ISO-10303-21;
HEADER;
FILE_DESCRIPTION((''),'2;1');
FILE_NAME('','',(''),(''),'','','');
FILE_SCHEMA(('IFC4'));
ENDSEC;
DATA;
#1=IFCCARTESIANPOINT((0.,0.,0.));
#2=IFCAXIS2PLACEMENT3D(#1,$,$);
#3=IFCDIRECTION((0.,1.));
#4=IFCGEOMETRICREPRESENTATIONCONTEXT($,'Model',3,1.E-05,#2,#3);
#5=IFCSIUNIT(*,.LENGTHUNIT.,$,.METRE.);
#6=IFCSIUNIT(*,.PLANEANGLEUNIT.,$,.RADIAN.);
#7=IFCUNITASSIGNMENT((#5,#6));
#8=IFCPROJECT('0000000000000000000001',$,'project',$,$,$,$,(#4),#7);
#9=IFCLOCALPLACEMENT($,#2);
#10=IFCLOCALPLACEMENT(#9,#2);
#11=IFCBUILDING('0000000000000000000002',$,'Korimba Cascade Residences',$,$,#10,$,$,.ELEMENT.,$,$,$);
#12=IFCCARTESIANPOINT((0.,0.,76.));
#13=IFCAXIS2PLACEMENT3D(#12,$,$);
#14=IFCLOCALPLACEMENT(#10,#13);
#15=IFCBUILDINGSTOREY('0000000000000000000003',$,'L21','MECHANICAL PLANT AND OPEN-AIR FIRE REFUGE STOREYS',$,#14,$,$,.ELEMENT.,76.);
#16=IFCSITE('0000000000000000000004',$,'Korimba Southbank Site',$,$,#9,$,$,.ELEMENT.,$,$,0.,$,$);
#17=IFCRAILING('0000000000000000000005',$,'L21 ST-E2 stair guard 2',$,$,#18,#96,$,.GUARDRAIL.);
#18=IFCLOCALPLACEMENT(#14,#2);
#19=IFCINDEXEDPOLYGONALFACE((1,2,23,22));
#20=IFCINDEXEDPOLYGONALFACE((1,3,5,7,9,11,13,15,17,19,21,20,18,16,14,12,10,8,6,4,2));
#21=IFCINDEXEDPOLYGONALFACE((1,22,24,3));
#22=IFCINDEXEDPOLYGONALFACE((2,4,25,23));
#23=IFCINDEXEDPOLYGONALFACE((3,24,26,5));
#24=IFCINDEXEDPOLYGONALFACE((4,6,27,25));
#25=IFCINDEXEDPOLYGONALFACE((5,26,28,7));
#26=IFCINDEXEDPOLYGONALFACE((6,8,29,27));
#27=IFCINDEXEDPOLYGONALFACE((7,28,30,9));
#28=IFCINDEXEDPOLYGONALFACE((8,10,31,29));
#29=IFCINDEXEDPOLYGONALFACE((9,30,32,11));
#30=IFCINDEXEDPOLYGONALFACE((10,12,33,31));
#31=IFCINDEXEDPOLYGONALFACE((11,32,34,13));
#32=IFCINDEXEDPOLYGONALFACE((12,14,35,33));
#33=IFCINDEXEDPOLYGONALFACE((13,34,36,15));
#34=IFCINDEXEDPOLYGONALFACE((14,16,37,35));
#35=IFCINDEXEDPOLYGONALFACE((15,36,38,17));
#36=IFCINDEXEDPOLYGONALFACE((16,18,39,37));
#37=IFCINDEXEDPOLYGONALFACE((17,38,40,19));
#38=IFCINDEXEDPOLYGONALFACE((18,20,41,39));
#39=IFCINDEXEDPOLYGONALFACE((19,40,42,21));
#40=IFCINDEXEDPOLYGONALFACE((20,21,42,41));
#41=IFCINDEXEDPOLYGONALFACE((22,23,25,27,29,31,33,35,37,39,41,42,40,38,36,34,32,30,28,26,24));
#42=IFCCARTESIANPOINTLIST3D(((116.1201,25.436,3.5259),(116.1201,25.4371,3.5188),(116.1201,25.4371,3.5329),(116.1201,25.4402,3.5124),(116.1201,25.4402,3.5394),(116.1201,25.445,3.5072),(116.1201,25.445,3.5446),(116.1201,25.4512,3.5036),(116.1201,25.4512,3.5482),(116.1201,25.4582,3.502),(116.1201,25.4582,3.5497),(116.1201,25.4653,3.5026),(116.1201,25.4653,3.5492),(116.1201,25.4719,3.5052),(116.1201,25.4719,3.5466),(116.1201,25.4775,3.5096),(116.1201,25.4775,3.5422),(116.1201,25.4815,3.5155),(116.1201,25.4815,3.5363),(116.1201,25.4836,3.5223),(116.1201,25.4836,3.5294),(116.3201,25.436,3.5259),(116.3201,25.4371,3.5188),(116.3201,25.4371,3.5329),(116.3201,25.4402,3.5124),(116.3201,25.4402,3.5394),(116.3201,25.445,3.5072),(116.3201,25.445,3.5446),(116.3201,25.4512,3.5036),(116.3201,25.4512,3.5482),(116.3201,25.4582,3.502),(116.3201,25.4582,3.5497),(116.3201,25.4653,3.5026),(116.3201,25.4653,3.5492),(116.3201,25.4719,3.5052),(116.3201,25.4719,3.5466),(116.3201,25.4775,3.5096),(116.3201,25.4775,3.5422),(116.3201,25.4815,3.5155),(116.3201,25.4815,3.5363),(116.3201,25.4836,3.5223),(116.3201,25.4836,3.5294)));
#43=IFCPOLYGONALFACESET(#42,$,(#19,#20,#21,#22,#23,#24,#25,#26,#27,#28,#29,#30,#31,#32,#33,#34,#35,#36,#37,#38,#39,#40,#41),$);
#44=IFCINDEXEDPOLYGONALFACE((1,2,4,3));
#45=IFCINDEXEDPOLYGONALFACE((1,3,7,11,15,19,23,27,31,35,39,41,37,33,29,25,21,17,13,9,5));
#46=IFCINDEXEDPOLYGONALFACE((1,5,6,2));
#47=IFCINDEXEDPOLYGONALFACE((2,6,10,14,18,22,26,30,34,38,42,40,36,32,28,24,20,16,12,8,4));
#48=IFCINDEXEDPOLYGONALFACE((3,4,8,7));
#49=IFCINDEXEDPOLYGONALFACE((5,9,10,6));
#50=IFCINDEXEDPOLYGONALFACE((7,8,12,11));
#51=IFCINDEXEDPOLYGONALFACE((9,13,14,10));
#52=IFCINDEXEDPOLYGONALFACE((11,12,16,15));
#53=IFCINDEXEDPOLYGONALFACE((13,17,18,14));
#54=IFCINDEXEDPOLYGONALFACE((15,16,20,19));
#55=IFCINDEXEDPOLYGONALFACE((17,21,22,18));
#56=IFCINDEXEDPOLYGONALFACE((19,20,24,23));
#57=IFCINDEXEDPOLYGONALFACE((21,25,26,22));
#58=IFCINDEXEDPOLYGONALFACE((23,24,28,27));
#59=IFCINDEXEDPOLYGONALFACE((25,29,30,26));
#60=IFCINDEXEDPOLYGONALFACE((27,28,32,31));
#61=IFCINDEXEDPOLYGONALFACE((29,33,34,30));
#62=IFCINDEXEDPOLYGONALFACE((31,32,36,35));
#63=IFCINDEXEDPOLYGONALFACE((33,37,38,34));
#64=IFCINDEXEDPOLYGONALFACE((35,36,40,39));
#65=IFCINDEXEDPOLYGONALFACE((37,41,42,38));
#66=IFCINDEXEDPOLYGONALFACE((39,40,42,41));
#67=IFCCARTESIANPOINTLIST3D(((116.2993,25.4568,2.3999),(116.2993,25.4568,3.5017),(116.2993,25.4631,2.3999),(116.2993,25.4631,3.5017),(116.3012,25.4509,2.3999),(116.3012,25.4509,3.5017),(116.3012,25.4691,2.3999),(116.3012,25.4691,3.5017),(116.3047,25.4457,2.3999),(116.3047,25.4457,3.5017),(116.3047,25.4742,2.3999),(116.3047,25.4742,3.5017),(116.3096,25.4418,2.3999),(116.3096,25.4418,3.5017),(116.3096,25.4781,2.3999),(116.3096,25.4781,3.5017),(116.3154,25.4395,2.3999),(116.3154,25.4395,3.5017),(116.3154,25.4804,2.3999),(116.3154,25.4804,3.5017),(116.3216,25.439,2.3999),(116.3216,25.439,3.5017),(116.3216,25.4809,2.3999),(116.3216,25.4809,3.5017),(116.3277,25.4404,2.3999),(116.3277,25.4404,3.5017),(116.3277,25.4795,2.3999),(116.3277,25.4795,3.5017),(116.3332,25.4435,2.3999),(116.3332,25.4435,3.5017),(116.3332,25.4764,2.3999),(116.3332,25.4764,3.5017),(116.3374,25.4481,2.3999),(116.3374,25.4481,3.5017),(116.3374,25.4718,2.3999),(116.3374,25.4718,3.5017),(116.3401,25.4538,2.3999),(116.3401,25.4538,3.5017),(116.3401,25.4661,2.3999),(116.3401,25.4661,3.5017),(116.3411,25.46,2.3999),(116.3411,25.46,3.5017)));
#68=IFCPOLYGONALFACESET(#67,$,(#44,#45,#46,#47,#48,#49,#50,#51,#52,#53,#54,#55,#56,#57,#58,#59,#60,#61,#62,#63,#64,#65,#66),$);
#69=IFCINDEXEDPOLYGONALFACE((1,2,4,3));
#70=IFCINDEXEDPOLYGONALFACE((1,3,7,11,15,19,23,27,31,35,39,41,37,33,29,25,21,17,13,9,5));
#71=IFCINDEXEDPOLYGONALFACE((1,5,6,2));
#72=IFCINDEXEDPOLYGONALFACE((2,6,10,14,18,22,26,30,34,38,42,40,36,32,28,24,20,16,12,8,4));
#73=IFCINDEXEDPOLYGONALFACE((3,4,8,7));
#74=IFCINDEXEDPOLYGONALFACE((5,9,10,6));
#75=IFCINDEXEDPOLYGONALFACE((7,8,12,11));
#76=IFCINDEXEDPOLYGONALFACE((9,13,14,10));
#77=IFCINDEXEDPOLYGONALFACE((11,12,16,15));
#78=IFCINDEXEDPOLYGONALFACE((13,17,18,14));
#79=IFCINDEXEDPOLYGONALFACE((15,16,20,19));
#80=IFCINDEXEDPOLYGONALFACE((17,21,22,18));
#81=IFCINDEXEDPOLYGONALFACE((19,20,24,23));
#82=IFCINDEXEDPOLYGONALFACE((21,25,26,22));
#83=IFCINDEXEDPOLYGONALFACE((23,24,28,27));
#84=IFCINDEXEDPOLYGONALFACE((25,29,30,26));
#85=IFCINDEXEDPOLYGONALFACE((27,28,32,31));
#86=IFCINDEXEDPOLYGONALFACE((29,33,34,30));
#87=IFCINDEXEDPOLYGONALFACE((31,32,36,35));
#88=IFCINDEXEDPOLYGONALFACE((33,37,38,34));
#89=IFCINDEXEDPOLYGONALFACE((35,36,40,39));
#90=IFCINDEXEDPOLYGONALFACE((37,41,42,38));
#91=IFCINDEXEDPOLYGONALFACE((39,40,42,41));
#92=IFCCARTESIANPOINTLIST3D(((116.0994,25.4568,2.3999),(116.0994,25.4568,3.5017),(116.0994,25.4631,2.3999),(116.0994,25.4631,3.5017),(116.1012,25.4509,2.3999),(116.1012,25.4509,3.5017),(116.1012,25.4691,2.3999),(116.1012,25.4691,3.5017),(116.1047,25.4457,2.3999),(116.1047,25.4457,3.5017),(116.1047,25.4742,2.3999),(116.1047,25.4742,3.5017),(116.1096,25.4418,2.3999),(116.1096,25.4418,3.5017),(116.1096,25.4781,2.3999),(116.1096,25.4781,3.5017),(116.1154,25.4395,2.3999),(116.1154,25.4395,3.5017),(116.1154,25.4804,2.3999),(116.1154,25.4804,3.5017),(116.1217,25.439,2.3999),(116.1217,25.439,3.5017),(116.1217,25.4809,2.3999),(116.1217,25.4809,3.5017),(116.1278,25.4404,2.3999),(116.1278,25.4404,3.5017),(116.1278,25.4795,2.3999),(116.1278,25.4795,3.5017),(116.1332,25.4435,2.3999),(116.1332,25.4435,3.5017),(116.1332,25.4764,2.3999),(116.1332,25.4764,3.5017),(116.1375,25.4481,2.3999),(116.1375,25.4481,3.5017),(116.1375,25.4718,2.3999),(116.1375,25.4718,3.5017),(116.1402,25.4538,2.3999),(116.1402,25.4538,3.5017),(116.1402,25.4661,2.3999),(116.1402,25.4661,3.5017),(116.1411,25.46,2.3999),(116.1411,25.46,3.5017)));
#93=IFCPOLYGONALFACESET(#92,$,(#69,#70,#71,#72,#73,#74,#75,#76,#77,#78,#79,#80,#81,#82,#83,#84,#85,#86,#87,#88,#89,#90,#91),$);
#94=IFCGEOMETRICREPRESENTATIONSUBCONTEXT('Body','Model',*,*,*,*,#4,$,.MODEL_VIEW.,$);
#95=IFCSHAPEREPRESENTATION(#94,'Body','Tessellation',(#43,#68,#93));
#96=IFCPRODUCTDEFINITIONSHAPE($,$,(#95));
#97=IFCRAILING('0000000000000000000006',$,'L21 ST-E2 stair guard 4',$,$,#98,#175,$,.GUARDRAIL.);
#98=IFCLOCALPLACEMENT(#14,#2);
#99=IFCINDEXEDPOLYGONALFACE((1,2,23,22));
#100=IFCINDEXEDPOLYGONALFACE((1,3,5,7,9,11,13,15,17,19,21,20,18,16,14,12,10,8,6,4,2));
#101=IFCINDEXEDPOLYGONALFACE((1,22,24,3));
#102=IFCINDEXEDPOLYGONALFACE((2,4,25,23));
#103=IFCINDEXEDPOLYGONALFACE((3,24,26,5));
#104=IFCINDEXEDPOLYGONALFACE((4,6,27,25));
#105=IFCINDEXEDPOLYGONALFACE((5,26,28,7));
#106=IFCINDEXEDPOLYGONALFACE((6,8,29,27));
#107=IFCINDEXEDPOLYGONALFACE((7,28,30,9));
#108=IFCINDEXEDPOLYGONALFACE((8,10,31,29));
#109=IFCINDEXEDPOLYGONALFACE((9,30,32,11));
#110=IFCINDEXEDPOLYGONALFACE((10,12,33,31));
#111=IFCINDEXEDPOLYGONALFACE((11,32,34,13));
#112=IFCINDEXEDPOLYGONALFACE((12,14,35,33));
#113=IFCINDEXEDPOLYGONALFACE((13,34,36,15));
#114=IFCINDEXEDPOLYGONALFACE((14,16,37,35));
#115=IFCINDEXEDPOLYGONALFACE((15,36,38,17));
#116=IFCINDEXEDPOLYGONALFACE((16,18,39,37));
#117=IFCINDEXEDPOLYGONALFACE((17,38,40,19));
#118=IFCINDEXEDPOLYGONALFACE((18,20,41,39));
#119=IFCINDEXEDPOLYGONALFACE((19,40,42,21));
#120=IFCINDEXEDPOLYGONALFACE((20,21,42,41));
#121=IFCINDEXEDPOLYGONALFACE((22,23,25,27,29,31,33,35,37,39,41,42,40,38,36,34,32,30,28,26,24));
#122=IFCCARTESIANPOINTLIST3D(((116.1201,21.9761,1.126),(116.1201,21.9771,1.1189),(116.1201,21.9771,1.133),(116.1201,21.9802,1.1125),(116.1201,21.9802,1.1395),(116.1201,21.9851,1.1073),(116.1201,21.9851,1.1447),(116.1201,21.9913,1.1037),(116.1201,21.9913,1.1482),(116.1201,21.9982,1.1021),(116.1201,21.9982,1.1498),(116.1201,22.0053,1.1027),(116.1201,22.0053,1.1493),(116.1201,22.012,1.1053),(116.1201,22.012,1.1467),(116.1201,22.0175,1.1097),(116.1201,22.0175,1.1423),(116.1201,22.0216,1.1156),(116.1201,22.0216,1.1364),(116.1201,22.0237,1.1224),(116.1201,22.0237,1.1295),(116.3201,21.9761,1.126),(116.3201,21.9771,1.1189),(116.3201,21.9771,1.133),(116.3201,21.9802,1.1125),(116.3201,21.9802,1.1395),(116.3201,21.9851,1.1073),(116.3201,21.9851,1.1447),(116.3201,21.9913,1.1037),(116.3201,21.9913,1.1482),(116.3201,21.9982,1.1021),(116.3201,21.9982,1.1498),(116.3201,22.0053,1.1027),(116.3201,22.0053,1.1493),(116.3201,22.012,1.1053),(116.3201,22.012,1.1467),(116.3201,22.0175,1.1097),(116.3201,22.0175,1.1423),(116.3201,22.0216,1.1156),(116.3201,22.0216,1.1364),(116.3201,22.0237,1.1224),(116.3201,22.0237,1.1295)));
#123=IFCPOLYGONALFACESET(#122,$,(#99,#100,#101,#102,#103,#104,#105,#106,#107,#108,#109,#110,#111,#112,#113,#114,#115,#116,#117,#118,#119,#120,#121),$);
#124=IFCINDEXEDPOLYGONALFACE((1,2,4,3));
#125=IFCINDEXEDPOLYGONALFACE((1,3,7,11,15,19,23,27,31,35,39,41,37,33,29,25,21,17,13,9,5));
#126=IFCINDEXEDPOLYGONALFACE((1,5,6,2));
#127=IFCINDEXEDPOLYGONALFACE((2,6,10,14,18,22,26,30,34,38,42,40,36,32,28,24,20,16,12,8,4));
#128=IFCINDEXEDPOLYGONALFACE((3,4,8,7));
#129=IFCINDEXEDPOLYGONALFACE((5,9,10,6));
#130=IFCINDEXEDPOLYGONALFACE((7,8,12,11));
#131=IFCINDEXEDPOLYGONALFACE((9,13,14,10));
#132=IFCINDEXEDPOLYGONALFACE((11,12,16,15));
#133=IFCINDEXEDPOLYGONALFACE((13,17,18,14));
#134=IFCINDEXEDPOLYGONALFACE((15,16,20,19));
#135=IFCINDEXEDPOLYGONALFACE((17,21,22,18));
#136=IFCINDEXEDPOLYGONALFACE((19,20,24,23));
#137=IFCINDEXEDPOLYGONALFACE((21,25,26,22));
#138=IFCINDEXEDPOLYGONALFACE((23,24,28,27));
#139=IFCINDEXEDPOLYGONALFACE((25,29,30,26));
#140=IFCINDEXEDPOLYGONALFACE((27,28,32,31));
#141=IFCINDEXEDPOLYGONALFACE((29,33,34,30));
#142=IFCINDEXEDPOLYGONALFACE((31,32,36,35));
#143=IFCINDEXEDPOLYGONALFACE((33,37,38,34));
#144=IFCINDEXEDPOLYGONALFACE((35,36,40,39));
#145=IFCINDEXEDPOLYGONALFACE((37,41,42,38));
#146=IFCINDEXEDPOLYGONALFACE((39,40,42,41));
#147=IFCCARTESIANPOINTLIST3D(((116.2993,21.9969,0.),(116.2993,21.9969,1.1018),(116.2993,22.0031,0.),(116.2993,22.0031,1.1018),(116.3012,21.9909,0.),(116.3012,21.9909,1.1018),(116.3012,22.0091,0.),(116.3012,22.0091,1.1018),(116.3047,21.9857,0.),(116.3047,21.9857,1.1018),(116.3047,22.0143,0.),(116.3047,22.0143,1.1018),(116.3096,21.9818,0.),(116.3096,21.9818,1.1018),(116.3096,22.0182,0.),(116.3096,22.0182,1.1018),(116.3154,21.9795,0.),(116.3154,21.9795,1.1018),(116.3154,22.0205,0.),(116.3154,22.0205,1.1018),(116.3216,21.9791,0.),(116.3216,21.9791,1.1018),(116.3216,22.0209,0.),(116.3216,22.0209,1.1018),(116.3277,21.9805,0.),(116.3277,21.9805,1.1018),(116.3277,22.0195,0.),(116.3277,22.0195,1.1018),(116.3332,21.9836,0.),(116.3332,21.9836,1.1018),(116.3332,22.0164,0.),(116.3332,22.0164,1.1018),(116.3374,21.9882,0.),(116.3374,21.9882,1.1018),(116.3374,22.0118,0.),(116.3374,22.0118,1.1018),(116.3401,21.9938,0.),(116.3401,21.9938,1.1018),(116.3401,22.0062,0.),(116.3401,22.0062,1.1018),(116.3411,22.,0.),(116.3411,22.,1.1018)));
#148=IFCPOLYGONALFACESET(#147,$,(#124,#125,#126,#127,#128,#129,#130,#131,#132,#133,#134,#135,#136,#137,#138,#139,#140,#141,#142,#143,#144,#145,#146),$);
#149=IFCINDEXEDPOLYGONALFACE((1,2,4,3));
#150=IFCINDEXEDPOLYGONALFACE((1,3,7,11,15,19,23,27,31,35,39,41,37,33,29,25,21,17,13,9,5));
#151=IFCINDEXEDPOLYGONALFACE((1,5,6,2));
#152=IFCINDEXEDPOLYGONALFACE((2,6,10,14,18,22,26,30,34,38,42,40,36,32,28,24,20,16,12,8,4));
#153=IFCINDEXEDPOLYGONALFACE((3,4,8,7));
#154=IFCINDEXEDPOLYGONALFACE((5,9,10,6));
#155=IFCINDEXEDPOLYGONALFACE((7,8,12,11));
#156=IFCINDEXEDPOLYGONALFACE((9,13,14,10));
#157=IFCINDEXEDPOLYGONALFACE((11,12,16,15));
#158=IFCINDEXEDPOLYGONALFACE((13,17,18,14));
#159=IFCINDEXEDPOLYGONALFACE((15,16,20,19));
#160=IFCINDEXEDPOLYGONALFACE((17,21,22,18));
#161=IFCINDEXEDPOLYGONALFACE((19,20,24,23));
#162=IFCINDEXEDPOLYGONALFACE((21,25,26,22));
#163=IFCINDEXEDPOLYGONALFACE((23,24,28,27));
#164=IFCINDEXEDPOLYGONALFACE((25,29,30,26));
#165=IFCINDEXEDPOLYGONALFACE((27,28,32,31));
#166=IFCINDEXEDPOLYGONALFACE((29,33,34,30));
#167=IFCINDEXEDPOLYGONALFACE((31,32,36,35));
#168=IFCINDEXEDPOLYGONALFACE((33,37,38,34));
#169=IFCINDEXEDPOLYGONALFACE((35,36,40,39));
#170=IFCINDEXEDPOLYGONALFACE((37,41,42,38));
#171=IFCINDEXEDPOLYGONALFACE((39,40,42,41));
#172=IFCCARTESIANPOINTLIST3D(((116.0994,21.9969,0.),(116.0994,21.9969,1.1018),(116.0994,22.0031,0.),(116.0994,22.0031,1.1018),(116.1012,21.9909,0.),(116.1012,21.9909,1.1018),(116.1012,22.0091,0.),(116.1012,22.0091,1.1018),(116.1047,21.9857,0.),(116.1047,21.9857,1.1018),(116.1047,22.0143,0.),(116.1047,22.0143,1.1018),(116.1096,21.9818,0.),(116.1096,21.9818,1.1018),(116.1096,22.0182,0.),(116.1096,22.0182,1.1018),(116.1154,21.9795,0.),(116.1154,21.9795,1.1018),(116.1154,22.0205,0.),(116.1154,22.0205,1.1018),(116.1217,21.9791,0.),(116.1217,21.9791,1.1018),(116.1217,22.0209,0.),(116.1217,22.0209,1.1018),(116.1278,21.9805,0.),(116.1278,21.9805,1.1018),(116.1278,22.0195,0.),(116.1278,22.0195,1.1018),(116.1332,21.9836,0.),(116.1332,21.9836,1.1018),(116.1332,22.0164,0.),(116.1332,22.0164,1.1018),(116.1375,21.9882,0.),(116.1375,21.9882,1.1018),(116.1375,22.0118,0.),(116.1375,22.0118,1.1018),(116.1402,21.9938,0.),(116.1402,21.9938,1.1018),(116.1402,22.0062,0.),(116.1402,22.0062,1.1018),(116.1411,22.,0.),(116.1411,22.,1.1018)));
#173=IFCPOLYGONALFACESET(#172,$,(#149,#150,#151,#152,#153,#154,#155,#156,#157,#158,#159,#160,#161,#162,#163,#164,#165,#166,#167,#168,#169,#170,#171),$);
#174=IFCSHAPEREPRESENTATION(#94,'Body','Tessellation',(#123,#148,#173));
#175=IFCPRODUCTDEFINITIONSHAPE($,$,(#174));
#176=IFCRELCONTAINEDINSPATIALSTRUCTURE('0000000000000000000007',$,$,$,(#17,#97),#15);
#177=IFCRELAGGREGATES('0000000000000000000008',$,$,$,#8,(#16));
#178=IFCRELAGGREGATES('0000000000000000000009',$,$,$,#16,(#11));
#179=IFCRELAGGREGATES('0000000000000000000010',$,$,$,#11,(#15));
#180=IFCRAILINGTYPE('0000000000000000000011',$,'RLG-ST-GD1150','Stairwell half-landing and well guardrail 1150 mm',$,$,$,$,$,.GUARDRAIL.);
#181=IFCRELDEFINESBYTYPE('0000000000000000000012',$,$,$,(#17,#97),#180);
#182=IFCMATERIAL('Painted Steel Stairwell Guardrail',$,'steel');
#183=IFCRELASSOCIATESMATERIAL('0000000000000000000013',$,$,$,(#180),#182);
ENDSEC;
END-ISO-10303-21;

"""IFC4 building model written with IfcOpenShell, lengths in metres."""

from ifc_helpers import new_model, si_unit, direction, frame, origin, origin_2d, place, context, subcontext, project, spatial, circle, extrude, material, type_object, element, save


model = new_model("IFC4")

# Units and contexts
model_context = context("Model", 3, precision=1e-05, world=origin(), true_north=direction((0.0, 1.0)))
body_context = subcontext(model_context, "Body", "Model", "MODEL_VIEW")
ifc_project = project(units=[si_unit("LENGTHUNIT", "METRE"), si_unit("PLANEANGLEUNIT", "RADIAN")], contexts=[model_context])

# Site, building, storey
site_placement = place(None, origin())
site = spatial("IfcSite", under=ifc_project, at=site_placement, Name="Korimba Southbank Site", CompositionType="ELEMENT", RefElevation=0.0)
building_placement = place(site_placement, origin())
building = spatial("IfcBuilding", under=site, at=building_placement, Name="Korimba Cascade Residences", CompositionType="ELEMENT")
storey_placement = place(building_placement, frame((0.0, 0.0, 76.0)))
storey = spatial("IfcBuildingStorey", under=building, at=storey_placement, Name="L21", Description="MECHANICAL PLANT AND OPEN-AIR FIRE REFUGE STOREYS", CompositionType="ELEMENT", Elevation=76.0)

# Railings
ifc_material_1 = material(Name="Painted Steel Stairwell Guardrail", Category="steel")
railing_type_1 = type_object("IfcRailingType", Name="RLG-ST-GD1150", Description="Stairwell half-landing and well guardrail 1150 mm", PredefinedType="GUARDRAIL", material=ifc_material_1)
for number, where, name in (
    (1, (116.3201, 25.46, 2.3999), "L21 ST-E2 stair guard 2"),
    (2, (116.3201, 22.0, 0.0), "L21 ST-E2 stair guard 4"),
):
    element("IfcRailing", number, at=place(storey_placement, frame(where)), inside=storey, type_object=railing_type_1, Name=name, PredefinedType="GUARDRAIL", context=body_context, shape_type="SweptSolid", body=[
        extrude(circle(Radius=0.0239, at=origin_2d()), frame((0.0, 0.0, 1.126), z_axis=(-1.0, 0.0, 0.0), x_axis=(0.0, -1.0, 0.0)), (0.0, 0.0, 1.0), 0.2),
        extrude(circle(Radius=0.021, at=origin_2d()), origin(), (0.0, 0.0, 1.0), 1.1018),
        extrude(circle(Radius=0.021, at=origin_2d()), frame((-0.2, 0.0, 0.0)), (0.0, 0.0, 1.0), 1.1018),
    ])

save(model, "model.ifc")
